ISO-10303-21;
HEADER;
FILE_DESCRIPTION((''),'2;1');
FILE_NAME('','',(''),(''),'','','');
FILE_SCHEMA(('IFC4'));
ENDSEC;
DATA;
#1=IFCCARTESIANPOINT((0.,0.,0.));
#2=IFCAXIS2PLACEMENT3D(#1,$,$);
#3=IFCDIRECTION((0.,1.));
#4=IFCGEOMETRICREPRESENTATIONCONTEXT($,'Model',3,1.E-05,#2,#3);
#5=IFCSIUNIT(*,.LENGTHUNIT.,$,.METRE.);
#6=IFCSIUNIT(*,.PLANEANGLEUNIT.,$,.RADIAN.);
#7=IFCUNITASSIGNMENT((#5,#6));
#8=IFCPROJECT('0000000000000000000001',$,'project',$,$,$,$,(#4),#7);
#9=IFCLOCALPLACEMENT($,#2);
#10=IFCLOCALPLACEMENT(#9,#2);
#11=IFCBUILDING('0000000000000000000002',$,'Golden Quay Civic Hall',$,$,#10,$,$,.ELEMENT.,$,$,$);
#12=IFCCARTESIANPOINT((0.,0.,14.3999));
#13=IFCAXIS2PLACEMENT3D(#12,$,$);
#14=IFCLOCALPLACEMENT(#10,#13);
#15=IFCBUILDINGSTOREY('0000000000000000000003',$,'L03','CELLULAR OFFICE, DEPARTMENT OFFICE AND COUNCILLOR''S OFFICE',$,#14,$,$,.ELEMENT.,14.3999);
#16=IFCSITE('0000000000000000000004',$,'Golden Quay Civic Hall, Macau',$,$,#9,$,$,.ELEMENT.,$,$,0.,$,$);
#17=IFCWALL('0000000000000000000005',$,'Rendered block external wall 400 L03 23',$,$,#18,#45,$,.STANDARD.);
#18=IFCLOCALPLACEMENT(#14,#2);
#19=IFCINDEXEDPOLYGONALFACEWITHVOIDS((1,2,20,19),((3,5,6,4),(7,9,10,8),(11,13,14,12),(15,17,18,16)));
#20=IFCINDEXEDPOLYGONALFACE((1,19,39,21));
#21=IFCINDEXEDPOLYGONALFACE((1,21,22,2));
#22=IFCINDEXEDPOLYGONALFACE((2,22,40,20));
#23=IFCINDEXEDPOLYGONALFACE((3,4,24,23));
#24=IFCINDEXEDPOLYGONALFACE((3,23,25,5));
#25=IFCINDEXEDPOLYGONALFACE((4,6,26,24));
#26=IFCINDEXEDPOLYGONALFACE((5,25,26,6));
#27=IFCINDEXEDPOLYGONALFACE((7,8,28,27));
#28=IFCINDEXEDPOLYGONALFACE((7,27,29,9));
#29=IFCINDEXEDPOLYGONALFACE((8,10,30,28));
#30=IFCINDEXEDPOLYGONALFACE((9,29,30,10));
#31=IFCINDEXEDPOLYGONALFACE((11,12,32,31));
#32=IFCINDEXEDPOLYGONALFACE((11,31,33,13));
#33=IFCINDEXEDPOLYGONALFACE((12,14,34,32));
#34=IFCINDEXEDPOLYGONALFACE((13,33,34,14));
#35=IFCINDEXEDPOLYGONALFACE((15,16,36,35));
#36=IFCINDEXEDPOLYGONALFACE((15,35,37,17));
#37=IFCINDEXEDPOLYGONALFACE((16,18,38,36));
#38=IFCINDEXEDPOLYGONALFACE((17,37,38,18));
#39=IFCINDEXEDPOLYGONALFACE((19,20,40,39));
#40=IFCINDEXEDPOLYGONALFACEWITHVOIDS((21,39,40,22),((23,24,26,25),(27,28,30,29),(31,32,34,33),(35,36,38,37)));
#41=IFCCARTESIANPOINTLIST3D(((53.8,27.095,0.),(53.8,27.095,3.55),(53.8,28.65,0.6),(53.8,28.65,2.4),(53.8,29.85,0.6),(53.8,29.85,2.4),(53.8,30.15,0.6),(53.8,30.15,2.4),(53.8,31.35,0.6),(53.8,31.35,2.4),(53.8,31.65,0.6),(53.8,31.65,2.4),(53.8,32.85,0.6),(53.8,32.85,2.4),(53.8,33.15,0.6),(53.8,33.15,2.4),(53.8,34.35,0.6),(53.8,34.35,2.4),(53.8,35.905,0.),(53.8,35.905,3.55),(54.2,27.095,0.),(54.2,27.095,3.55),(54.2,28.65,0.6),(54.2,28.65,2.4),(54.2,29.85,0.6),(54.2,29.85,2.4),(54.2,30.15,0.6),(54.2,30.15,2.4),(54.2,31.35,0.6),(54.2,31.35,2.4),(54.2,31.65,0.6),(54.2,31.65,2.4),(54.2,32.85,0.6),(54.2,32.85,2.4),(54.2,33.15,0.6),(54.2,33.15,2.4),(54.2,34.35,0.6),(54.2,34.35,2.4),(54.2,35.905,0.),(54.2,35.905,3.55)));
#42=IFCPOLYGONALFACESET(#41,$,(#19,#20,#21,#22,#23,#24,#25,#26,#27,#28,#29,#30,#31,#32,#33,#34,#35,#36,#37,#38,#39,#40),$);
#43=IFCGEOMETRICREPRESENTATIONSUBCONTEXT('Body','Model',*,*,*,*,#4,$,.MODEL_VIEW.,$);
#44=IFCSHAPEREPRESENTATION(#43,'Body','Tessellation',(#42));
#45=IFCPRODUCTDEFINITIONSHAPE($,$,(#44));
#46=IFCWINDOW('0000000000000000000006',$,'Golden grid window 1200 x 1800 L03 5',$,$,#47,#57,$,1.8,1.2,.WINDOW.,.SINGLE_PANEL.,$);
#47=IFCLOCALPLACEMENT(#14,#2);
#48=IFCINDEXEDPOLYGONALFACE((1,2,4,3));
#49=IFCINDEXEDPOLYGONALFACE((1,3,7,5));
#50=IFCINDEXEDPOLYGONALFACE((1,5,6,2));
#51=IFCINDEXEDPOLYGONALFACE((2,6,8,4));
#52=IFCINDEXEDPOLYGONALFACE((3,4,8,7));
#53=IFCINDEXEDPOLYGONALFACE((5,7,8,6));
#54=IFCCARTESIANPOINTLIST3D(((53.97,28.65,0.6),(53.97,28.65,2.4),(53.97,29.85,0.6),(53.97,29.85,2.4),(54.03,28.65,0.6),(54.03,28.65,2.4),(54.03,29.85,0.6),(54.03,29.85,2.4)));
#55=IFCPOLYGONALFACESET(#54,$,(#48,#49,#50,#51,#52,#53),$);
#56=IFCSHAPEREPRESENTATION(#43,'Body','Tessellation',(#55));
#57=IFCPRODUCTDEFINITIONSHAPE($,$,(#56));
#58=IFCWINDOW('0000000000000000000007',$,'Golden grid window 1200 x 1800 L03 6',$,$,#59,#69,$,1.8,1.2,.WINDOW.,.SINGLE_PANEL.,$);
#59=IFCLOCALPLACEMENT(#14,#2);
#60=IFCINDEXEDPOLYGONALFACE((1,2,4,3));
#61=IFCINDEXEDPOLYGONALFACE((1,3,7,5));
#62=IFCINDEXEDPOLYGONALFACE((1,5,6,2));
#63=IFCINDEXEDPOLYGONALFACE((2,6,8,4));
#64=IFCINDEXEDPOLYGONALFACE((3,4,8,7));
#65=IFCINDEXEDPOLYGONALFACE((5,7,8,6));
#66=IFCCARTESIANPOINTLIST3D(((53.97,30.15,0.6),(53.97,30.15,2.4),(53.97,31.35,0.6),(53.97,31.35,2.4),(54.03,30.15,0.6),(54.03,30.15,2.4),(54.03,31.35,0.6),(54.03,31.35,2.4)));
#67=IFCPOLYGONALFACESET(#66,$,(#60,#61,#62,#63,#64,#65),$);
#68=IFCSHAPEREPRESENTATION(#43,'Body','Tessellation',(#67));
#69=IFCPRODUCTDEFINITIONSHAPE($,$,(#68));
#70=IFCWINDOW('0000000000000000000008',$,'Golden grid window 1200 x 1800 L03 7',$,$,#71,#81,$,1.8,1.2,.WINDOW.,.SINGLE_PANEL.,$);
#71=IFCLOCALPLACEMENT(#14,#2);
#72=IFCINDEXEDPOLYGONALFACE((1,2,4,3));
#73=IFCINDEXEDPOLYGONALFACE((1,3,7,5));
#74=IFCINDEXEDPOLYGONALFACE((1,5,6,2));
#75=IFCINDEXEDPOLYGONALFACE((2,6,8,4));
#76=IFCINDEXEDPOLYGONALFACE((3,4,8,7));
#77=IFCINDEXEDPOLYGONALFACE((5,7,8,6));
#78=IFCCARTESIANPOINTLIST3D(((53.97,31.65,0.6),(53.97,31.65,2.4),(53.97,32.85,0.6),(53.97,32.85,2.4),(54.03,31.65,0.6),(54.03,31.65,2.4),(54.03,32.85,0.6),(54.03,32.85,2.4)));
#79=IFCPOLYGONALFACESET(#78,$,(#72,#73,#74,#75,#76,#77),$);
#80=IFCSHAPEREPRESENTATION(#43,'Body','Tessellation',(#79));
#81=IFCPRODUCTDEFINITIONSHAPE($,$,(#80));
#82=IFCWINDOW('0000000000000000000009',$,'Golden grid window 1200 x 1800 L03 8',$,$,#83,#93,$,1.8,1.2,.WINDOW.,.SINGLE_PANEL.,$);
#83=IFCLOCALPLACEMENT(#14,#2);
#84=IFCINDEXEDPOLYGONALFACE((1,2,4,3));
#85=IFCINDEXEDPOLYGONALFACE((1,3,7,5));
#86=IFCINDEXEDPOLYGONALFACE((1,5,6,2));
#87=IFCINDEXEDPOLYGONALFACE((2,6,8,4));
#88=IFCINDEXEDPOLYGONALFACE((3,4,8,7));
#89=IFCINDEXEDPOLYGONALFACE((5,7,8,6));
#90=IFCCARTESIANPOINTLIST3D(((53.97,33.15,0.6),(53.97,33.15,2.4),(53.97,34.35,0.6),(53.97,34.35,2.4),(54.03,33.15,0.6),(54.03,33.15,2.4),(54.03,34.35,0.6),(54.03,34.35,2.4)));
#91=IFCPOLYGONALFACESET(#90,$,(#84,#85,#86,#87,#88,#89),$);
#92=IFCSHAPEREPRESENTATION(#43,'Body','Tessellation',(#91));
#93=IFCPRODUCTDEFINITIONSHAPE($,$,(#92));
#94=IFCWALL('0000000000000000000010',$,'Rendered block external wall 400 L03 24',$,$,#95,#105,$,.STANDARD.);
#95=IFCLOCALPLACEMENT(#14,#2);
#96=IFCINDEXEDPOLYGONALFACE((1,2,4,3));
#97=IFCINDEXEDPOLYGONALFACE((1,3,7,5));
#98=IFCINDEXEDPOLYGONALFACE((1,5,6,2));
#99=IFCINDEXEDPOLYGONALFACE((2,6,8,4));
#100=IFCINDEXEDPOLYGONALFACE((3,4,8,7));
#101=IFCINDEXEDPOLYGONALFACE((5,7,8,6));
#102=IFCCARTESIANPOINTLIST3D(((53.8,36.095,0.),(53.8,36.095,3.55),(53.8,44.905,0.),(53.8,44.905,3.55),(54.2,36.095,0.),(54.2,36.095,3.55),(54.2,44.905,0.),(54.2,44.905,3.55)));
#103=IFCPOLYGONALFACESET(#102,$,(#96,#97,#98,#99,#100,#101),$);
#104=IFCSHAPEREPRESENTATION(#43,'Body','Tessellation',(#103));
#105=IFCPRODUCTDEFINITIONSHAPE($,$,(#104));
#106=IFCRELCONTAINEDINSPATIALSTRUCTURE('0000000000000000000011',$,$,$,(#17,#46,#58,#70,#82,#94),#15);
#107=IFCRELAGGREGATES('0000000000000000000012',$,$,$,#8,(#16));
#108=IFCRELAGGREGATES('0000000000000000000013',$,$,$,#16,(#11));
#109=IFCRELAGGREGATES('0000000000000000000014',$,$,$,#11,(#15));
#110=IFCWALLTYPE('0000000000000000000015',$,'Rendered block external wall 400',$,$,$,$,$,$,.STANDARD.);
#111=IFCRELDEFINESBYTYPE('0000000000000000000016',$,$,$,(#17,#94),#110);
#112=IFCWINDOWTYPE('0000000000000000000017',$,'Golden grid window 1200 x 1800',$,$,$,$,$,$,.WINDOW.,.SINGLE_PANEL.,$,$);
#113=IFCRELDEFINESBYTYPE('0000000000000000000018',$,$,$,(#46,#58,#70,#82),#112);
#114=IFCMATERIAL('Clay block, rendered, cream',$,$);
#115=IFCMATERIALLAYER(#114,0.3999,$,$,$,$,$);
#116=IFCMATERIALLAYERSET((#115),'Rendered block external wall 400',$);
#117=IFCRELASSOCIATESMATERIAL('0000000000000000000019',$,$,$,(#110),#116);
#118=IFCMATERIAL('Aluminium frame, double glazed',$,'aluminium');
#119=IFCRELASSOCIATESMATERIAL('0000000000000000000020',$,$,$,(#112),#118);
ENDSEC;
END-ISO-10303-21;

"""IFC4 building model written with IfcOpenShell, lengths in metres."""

from ifc_helpers import new_model, si_unit, direction, frame, frame_2d, origin, place, context, subcontext, project, spatial, rectangle, extrude, material, layer, layer_set, type_object, element, fill, save


model = new_model("IFC4")

# Units and contexts
model_context = context("Model", 3, precision=1e-05, world=origin(), true_north=direction((0.0, 1.0)))
body_context = subcontext(model_context, "Body", "Model", "MODEL_VIEW")
ifc_project = project(units=[si_unit("LENGTHUNIT", "METRE"), si_unit("PLANEANGLEUNIT", "RADIAN")], contexts=[model_context])

# Site, building, storey
site_placement = place(None, origin())
site = spatial("IfcSite", under=ifc_project, at=site_placement, Name="Golden Quay Civic Hall, Macau", CompositionType="ELEMENT", RefElevation=0.0)
building_placement = place(site_placement, origin())
building = spatial("IfcBuilding", under=site, at=building_placement, Name="Golden Quay Civic Hall", CompositionType="ELEMENT")
storey_placement = place(building_placement, frame((0.0, 0.0, 14.3999)))
storey = spatial("IfcBuildingStorey", under=building, at=storey_placement, Name="L03", Description="CELLULAR OFFICE, DEPARTMENT OFFICE AND COUNCILLOR'S OFFICE", CompositionType="ELEMENT", Elevation=14.3999)

# Wall, openings, windows
ifc_material_1 = material(Name="Clay block, rendered, cream")
ifc_layer = layer(ifc_material_1, 0.3999)
ifc_layer_set = layer_set([ifc_layer], Name="Rendered block external wall 400")
wall_type = type_object("IfcWallType", Name="Rendered block external wall 400", PredefinedType="STANDARD", material=ifc_layer_set)
ifc_material_2 = material(Name="Aluminium frame, double glazed", Category="aluminium")
window_type = type_object("IfcWindowType", Name="Golden grid window 1200 x 1800", PartitioningType="SINGLE_PANEL", PredefinedType="WINDOW", material=ifc_material_2)
wall_1_placement = place(storey_placement, frame((54.0, 27.095, 0.0), z_axis=(0.0, 0.0, 1.0), x_axis=(0.0, 1.0, 0.0)))
wall_1 = element("IfcWall", 1, at=wall_1_placement, inside=storey, type_object=wall_type, Name="Rendered block external wall 400 L03 23", PredefinedType="STANDARD", context=body_context, shape_type="SweptSolid", body=[
    extrude(rectangle(XDim=8.8101, YDim=0.3999, at=frame_2d((4.405, 0.0))), origin(), (0.0, 0.0, 1.0), 3.55),
])
opening_1_placement = place(wall_1_placement, frame((1.5549, 0.0, 0.6001)))
opening_1 = element("IfcOpeningElement", 2, at=opening_1_placement, cuts=wall_1, PredefinedType="OPENING", context=body_context, shape_type="SweptSolid", body=[
    extrude(rectangle(XDim=1.2, YDim=1.8, at=frame_2d((0.6001, 0.8999))), frame((0.0, 0.21, 0.0), z_axis=(0.0, -1.0, 0.0), x_axis=(1.0, 0.0, 0.0)), (0.0, 0.0, 1.0), 0.4199),
])
opening_2_placement = place(wall_1_placement, frame((3.0549, 0.0, 0.6001)))
opening_2 = element("IfcOpeningElement", 3, at=opening_2_placement, cuts=wall_1, PredefinedType="OPENING", context=body_context, shape_type="SweptSolid", body=[
    extrude(rectangle(XDim=1.2, YDim=1.8, at=frame_2d((0.6001, 0.8999))), frame((0.0, 0.21, 0.0), z_axis=(0.0, -1.0, 0.0), x_axis=(1.0, 0.0, 0.0)), (0.0, 0.0, 1.0), 0.4199),
])
opening_3_placement = place(wall_1_placement, frame((4.5549, 0.0, 0.6001)))
opening_3 = element("IfcOpeningElement", 4, at=opening_3_placement, cuts=wall_1, PredefinedType="OPENING", context=body_context, shape_type="SweptSolid", body=[
    extrude(rectangle(XDim=1.2, YDim=1.8, at=frame_2d((0.6001, 0.8999))), frame((0.0, 0.21, 0.0), z_axis=(0.0, -1.0, 0.0), x_axis=(1.0, 0.0, 0.0)), (0.0, 0.0, 1.0), 0.4199),
])
opening_4_placement = place(wall_1_placement, frame((6.0549, 0.0, 0.6001)))
opening_4 = element("IfcOpeningElement", 5, at=opening_4_placement, cuts=wall_1, PredefinedType="OPENING", context=body_context, shape_type="SweptSolid", body=[
    extrude(rectangle(XDim=1.2, YDim=1.8, at=frame_2d((0.6001, 0.8999))), frame((0.0, 0.21, 0.0), z_axis=(0.0, -1.0, 0.0), x_axis=(1.0, 0.0, 0.0)), (0.0, 0.0, 1.0), 0.4199),
])
window_1_placement = place(opening_1_placement, origin())
window_1 = element("IfcWindow", 6, at=window_1_placement, inside=storey, type_object=window_type, Name="Golden grid window 1200 x 1800 L03 5", OverallHeight=1.8, OverallWidth=1.2, PartitioningType="SINGLE_PANEL", PredefinedType="WINDOW", context=body_context, shape_type="SweptSolid", body=[
    extrude(rectangle(XDim=1.2, YDim=1.8, at=frame_2d((0.6001, 0.8999))), frame((0.0, 0.03, 0.0), z_axis=(0.0, -1.0, 0.0), x_axis=(1.0, 0.0, 0.0)), (0.0, 0.0, 1.0), 0.0601),
])
fill(opening_1, window_1)
window_2_placement = place(opening_2_placement, origin())
window_2 = element("IfcWindow", 7, at=window_2_placement, inside=storey, type_object=window_type, Name="Golden grid window 1200 x 1800 L03 6", OverallHeight=1.8, OverallWidth=1.2, PartitioningType="SINGLE_PANEL", PredefinedType="WINDOW", context=body_context, shape_type="SweptSolid", body=[
    extrude(rectangle(XDim=1.2, YDim=1.8, at=frame_2d((0.6001, 0.8999))), frame((0.0, 0.03, 0.0), z_axis=(0.0, -1.0, 0.0), x_axis=(1.0, 0.0, 0.0)), (0.0, 0.0, 1.0), 0.0601),
])
fill(opening_2, window_2)
window_3_placement = place(opening_3_placement, origin())
window_3 = element("IfcWindow", 8, at=window_3_placement, inside=storey, type_object=window_type, Name="Golden grid window 1200 x 1800 L03 7", OverallHeight=1.8, OverallWidth=1.2, PartitioningType="SINGLE_PANEL", PredefinedType="WINDOW", context=body_context, shape_type="SweptSolid", body=[
    extrude(rectangle(XDim=1.2, YDim=1.8, at=frame_2d((0.6001, 0.8999))), frame((0.0, 0.03, 0.0), z_axis=(0.0, -1.0, 0.0), x_axis=(1.0, 0.0, 0.0)), (0.0, 0.0, 1.0), 0.0601),
])
fill(opening_3, window_3)
window_4_placement = place(opening_4_placement, origin())
window_4 = element("IfcWindow", 9, at=window_4_placement, inside=storey, type_object=window_type, Name="Golden grid window 1200 x 1800 L03 8", OverallHeight=1.8, OverallWidth=1.2, PartitioningType="SINGLE_PANEL", PredefinedType="WINDOW", context=body_context, shape_type="SweptSolid", body=[
    extrude(rectangle(XDim=1.2, YDim=1.8, at=frame_2d((0.6001, 0.8999))), frame((0.0, 0.03, 0.0), z_axis=(0.0, -1.0, 0.0), x_axis=(1.0, 0.0, 0.0)), (0.0, 0.0, 1.0), 0.0601),
])
fill(opening_4, window_4)

# Wall
wall_2_placement = place(storey_placement, frame((54.0, 36.095, 0.0), z_axis=(0.0, 0.0, 1.0), x_axis=(0.0, 1.0, 0.0)))
element("IfcWall", 10, at=wall_2_placement, inside=storey, type_object=wall_type, Name="Rendered block external wall 400 L03 24", PredefinedType="STANDARD", context=body_context, shape_type="SweptSolid", body=[
    extrude(rectangle(XDim=8.8101, YDim=0.3999, at=frame_2d((4.405, 0.0))), origin(), (0.0, 0.0, 1.0), 3.55),
])

save(model, "model.ifc")
